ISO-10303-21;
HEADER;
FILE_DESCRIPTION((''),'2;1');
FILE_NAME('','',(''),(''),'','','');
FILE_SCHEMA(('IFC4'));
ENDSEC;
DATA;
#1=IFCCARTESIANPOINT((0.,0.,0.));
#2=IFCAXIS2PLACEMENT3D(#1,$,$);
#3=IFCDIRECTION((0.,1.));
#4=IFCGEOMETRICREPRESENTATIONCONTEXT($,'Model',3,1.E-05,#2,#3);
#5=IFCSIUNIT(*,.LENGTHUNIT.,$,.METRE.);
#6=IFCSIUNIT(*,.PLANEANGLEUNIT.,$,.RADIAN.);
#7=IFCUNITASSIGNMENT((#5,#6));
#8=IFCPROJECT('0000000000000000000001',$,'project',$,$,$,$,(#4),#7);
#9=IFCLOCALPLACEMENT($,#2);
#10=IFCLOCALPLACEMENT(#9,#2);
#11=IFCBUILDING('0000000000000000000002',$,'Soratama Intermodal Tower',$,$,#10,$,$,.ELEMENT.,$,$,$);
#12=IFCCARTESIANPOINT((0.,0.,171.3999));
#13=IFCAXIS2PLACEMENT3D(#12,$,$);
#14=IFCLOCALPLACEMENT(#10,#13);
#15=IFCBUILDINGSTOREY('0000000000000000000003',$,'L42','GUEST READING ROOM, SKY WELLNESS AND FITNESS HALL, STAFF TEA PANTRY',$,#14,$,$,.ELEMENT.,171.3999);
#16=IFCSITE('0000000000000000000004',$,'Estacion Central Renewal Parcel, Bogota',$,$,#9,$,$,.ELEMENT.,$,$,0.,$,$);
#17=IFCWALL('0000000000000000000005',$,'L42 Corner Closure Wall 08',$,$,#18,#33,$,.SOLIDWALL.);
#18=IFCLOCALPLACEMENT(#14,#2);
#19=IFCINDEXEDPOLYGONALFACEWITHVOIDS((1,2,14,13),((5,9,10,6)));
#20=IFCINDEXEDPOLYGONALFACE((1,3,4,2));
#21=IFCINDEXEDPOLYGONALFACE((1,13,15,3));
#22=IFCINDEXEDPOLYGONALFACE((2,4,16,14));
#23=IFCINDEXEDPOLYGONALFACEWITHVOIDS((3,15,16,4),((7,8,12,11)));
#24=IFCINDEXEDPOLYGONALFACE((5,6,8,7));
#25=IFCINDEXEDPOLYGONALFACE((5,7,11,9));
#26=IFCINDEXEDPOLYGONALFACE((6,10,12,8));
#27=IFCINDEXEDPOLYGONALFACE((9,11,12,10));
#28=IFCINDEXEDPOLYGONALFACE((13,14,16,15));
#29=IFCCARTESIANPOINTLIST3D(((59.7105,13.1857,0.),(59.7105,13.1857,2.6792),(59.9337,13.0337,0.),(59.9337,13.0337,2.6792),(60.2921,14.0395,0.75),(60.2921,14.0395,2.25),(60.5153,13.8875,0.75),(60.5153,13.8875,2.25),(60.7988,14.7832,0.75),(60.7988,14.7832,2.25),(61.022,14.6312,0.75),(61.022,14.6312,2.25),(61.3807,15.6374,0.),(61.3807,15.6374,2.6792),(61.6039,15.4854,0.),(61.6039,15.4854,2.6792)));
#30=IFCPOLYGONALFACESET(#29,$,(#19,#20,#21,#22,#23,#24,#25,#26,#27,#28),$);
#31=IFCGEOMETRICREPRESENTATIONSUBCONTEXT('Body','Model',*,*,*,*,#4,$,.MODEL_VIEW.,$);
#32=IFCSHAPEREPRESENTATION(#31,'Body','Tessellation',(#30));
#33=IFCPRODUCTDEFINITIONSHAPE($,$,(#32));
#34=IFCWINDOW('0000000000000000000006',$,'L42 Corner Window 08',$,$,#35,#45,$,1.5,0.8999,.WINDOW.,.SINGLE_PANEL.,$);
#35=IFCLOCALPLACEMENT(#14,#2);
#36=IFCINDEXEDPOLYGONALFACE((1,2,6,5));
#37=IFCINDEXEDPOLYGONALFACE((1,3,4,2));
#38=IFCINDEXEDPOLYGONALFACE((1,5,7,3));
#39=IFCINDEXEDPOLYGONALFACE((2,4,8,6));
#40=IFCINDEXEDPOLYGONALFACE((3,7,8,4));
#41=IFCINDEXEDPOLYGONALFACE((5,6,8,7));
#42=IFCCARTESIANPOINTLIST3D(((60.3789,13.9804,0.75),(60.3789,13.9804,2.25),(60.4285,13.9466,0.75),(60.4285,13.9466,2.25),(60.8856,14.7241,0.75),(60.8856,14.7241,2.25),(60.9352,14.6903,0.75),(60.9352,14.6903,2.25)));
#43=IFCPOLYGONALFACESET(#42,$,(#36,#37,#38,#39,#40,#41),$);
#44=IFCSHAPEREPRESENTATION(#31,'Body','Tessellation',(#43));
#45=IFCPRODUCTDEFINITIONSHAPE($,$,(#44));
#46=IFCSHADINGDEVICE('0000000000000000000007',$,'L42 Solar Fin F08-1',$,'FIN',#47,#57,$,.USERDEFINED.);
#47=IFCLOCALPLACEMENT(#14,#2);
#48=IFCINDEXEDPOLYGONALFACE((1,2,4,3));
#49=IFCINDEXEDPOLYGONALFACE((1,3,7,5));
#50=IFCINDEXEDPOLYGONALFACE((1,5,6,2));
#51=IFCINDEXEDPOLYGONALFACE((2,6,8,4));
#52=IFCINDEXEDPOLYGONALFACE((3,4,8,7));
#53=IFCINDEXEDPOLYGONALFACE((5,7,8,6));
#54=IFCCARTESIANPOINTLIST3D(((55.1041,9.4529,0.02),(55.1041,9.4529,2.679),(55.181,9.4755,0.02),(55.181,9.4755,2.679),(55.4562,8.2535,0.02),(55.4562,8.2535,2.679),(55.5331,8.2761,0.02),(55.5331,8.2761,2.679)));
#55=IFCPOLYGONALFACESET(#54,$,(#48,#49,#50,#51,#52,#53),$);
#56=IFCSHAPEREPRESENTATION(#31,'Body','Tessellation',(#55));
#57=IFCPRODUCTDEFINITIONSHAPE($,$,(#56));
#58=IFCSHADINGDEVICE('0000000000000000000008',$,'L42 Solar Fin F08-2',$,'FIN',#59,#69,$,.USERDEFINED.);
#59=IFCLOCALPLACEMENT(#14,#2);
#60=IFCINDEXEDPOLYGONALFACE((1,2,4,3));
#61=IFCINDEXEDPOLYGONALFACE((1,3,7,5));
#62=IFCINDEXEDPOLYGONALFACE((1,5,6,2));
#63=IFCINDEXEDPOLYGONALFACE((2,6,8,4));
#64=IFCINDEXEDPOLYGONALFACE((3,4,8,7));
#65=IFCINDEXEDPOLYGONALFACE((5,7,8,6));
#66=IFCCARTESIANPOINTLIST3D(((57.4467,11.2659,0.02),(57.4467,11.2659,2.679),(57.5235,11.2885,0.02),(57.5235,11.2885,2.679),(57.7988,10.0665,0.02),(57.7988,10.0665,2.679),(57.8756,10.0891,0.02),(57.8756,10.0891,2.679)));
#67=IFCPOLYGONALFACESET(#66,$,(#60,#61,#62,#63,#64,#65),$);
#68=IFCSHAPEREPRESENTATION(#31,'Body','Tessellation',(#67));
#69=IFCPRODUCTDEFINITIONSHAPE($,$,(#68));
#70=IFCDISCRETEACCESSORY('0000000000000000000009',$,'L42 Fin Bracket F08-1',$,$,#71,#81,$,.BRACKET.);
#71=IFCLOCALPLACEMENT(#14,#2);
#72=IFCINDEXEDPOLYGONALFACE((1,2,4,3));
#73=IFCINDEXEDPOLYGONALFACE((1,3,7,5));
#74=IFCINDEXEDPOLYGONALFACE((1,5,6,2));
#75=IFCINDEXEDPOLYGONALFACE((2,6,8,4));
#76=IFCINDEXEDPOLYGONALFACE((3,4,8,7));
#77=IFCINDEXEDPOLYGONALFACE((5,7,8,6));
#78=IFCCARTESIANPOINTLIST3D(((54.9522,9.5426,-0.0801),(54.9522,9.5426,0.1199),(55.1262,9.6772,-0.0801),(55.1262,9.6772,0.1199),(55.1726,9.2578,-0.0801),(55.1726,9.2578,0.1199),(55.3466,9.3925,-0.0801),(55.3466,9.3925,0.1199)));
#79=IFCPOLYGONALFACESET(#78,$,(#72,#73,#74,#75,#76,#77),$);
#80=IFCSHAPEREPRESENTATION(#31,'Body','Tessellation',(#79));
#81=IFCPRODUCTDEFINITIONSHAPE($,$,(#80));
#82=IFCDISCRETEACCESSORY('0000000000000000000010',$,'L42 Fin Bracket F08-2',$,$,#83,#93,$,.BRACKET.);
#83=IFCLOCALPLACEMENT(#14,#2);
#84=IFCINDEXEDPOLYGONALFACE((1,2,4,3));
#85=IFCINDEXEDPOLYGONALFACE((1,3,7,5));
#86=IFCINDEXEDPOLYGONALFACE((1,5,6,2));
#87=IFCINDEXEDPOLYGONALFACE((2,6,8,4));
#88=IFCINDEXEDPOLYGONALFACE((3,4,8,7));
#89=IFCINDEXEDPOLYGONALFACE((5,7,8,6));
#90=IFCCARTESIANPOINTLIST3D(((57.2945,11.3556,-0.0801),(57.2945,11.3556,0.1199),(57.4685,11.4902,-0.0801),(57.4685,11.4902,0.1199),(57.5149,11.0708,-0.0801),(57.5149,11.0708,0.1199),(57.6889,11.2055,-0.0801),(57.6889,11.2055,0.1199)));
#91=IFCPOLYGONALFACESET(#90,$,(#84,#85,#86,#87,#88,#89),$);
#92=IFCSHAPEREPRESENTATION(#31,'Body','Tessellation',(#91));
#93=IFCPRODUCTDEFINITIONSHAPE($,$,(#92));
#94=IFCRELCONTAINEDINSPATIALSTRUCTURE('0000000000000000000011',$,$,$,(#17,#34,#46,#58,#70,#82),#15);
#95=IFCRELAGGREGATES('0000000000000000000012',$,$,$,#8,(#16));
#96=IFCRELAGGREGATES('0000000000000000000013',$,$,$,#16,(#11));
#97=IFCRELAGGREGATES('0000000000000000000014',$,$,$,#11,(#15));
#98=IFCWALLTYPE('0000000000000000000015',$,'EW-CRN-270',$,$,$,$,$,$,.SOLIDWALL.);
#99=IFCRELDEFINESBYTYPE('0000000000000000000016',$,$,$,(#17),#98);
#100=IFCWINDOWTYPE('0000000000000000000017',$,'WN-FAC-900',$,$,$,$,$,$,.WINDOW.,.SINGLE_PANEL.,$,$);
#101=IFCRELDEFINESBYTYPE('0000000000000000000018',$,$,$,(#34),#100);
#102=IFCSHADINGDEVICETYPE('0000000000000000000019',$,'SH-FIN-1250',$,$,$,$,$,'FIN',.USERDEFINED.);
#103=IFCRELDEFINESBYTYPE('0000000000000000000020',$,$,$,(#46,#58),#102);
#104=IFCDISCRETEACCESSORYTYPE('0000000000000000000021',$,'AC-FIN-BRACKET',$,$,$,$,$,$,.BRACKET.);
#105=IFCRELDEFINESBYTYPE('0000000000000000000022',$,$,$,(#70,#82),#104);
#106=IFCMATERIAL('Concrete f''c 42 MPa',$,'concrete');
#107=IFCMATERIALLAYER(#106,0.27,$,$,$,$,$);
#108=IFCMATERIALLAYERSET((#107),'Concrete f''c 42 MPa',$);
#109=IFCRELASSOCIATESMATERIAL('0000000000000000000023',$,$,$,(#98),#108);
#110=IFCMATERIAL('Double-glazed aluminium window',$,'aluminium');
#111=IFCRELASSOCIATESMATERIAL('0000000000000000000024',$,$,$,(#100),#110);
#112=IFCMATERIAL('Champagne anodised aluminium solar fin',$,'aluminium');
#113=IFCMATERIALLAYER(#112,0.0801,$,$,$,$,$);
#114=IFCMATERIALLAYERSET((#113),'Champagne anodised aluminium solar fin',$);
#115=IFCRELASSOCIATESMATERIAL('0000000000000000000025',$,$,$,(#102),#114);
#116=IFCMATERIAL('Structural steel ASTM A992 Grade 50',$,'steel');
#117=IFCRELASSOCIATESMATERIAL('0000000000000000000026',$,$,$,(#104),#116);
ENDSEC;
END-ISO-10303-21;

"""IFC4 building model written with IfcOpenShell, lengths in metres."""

from ifc_helpers import new_model, si_unit, direction, frame, frame_2d, origin, origin_2d, place, context, subcontext, project, spatial, rectangle, extrude, material, layer, layer_set, type_object, element, fill, save


model = new_model("IFC4")

# Units and contexts
model_context = context("Model", 3, precision=1e-05, world=origin(), true_north=direction((0.0, 1.0)))
body_context = subcontext(model_context, "Body", "Model", "MODEL_VIEW")
ifc_project = project(units=[si_unit("LENGTHUNIT", "METRE"), si_unit("PLANEANGLEUNIT", "RADIAN")], contexts=[model_context])

# Site, building, storey
site_placement = place(None, origin())
site = spatial("IfcSite", under=ifc_project, at=site_placement, Name="Estacion Central Renewal Parcel, Bogota", CompositionType="ELEMENT", RefElevation=0.0)
building_placement = place(site_placement, origin())
building = spatial("IfcBuilding", under=site, at=building_placement, Name="Soratama Intermodal Tower", CompositionType="ELEMENT")
storey_placement = place(building_placement, frame((0.0, 0.0, 171.3999)))
storey = spatial("IfcBuildingStorey", under=building, at=storey_placement, Name="L42", Description="GUEST READING ROOM, SKY WELLNESS AND FITNESS HALL, STAFF TEA PANTRY", CompositionType="ELEMENT", Elevation=171.3999)

# Wall, opening, window
ifc_material_1 = material(Name="Concrete f'c 42 MPa", Category="concrete")
ifc_layer_1 = layer(ifc_material_1, 0.27)
ifc_layer_set_1 = layer_set([ifc_layer_1], Name="Concrete f'c 42 MPa")
wall_type = type_object("IfcWallType", Name="EW-CRN-270", PredefinedType="SOLIDWALL", material=ifc_layer_set_1)
wall_placement = place(storey_placement, frame((59.822, 13.1096, 0.0), z_axis=(0.0, 0.0, 1.0), x_axis=(0.56301, 0.82645, 0.0)))
wall = element("IfcWall", 1, at=wall_placement, inside=storey, type_object=wall_type, Name="L42 Corner Closure Wall 08", PredefinedType="SOLIDWALL", context=body_context, shape_type="SweptSolid", body=[
    extrude(rectangle(XDim=2.9666, YDim=0.27, at=frame_2d((1.4834, 0.0))), origin(), (0.0, 0.0, 1.0), 2.6792),
])
opening_placement = place(wall_placement, frame((1.0332, 0.0, 0.75)))
opening = element("IfcOpeningElement", 2, at=opening_placement, cuts=wall, PredefinedType="OPENING", context=body_context, shape_type="SweptSolid", body=[
    extrude(rectangle(XDim=0.8999, YDim=1.5, at=frame_2d((0.45, 0.75))), frame((0.0, 0.145, 0.0), z_axis=(0.0, -1.0, 0.0), x_axis=(1.0, 0.0, 0.0)), (0.0, 0.0, 1.0), 0.29),
])
ifc_material_2 = material(Name="Double-glazed aluminium window", Category="aluminium")
window_type = type_object("IfcWindowType", Name="WN-FAC-900", PartitioningType="SINGLE_PANEL", PredefinedType="WINDOW", material=ifc_material_2)
window_placement = place(opening_placement, origin())
window = element("IfcWindow", 3, at=window_placement, inside=storey, type_object=window_type, Name="L42 Corner Window 08", OverallHeight=1.5, OverallWidth=0.8999, PartitioningType="SINGLE_PANEL", PredefinedType="WINDOW", context=body_context, shape_type="SweptSolid", body=[
    extrude(rectangle(XDim=0.8999, YDim=1.5, at=frame_2d((0.45, 0.75))), frame((0.0, 0.03, 0.0), z_axis=(0.0, -1.0, 0.0), x_axis=(1.0, 0.0, 0.0)), (0.0, 0.0, 1.0), 0.0601),
])
fill(opening, window)

# Shading devices
ifc_material_3 = material(Name="Champagne anodised aluminium solar fin", Category="aluminium")
ifc_layer_2 = layer(ifc_material_3, 0.0801)
ifc_layer_set_2 = layer_set([ifc_layer_2], Name="Champagne anodised aluminium solar fin")
shading_device_type = type_object("IfcShadingDeviceType", Name="SH-FIN-1250", ElementType="FIN", PredefinedType="USERDEFINED", material=ifc_layer_set_2)
for number, where, z_axis, x_axis, name in (
    (4, (55.3186, 8.8645, 0.02), (0.0, 0.0, 1.0), (0.281672, -0.959511, 0.0), "L42 Solar Fin F08-1"),
    (5, (57.6611, 10.6775, 0.02), (0.0, 0.0, 1.0), (0.281672, -0.959511, 0.0), "L42 Solar Fin F08-2"),
):
    element("IfcShadingDevice", number, at=place(storey_placement, frame(where, z_axis=z_axis, x_axis=x_axis)), inside=storey, type_object=shading_device_type, Name=name, ObjectType="FIN", PredefinedType="USERDEFINED", context=body_context, shape_type="SweptSolid", body=[
        extrude(rectangle(XDim=1.25, YDim=0.0801, at=origin_2d()), origin(), (0.0, 0.0, 1.0), 2.6589),
    ])

# Discrete accessories
ifc_material_4 = material(Name="Structural steel ASTM A992 Grade 50", Category="steel")
discrete_accessory_type = type_object("IfcDiscreteAccessoryType", Name="AC-FIN-BRACKET", PredefinedType="BRACKET", material=ifc_material_4)
for number, where, z_axis, x_axis, name in (
    (6, (55.1494, 9.4675, -0.0801), (0.0, 0.0, 1.0), (0.612079, -0.790796, 0.0), "L42 Fin Bracket F08-1"),
    (7, (57.4917, 11.2805, -0.0801), (0.0, 0.0, 1.0), (0.612079, -0.790796, 0.0), "L42 Fin Bracket F08-2"),
):
    element("IfcDiscreteAccessory", number, at=place(storey_placement, frame(where, z_axis=z_axis, x_axis=x_axis)), inside=storey, type_object=discrete_accessory_type, Name=name, PredefinedType="BRACKET", context=body_context, shape_type="SweptSolid", body=[
        extrude(rectangle(XDim=0.3601, YDim=0.22, at=origin_2d()), origin(), (0.0, 0.0, 1.0), 0.2),
    ])

save(model, "model.ifc")
